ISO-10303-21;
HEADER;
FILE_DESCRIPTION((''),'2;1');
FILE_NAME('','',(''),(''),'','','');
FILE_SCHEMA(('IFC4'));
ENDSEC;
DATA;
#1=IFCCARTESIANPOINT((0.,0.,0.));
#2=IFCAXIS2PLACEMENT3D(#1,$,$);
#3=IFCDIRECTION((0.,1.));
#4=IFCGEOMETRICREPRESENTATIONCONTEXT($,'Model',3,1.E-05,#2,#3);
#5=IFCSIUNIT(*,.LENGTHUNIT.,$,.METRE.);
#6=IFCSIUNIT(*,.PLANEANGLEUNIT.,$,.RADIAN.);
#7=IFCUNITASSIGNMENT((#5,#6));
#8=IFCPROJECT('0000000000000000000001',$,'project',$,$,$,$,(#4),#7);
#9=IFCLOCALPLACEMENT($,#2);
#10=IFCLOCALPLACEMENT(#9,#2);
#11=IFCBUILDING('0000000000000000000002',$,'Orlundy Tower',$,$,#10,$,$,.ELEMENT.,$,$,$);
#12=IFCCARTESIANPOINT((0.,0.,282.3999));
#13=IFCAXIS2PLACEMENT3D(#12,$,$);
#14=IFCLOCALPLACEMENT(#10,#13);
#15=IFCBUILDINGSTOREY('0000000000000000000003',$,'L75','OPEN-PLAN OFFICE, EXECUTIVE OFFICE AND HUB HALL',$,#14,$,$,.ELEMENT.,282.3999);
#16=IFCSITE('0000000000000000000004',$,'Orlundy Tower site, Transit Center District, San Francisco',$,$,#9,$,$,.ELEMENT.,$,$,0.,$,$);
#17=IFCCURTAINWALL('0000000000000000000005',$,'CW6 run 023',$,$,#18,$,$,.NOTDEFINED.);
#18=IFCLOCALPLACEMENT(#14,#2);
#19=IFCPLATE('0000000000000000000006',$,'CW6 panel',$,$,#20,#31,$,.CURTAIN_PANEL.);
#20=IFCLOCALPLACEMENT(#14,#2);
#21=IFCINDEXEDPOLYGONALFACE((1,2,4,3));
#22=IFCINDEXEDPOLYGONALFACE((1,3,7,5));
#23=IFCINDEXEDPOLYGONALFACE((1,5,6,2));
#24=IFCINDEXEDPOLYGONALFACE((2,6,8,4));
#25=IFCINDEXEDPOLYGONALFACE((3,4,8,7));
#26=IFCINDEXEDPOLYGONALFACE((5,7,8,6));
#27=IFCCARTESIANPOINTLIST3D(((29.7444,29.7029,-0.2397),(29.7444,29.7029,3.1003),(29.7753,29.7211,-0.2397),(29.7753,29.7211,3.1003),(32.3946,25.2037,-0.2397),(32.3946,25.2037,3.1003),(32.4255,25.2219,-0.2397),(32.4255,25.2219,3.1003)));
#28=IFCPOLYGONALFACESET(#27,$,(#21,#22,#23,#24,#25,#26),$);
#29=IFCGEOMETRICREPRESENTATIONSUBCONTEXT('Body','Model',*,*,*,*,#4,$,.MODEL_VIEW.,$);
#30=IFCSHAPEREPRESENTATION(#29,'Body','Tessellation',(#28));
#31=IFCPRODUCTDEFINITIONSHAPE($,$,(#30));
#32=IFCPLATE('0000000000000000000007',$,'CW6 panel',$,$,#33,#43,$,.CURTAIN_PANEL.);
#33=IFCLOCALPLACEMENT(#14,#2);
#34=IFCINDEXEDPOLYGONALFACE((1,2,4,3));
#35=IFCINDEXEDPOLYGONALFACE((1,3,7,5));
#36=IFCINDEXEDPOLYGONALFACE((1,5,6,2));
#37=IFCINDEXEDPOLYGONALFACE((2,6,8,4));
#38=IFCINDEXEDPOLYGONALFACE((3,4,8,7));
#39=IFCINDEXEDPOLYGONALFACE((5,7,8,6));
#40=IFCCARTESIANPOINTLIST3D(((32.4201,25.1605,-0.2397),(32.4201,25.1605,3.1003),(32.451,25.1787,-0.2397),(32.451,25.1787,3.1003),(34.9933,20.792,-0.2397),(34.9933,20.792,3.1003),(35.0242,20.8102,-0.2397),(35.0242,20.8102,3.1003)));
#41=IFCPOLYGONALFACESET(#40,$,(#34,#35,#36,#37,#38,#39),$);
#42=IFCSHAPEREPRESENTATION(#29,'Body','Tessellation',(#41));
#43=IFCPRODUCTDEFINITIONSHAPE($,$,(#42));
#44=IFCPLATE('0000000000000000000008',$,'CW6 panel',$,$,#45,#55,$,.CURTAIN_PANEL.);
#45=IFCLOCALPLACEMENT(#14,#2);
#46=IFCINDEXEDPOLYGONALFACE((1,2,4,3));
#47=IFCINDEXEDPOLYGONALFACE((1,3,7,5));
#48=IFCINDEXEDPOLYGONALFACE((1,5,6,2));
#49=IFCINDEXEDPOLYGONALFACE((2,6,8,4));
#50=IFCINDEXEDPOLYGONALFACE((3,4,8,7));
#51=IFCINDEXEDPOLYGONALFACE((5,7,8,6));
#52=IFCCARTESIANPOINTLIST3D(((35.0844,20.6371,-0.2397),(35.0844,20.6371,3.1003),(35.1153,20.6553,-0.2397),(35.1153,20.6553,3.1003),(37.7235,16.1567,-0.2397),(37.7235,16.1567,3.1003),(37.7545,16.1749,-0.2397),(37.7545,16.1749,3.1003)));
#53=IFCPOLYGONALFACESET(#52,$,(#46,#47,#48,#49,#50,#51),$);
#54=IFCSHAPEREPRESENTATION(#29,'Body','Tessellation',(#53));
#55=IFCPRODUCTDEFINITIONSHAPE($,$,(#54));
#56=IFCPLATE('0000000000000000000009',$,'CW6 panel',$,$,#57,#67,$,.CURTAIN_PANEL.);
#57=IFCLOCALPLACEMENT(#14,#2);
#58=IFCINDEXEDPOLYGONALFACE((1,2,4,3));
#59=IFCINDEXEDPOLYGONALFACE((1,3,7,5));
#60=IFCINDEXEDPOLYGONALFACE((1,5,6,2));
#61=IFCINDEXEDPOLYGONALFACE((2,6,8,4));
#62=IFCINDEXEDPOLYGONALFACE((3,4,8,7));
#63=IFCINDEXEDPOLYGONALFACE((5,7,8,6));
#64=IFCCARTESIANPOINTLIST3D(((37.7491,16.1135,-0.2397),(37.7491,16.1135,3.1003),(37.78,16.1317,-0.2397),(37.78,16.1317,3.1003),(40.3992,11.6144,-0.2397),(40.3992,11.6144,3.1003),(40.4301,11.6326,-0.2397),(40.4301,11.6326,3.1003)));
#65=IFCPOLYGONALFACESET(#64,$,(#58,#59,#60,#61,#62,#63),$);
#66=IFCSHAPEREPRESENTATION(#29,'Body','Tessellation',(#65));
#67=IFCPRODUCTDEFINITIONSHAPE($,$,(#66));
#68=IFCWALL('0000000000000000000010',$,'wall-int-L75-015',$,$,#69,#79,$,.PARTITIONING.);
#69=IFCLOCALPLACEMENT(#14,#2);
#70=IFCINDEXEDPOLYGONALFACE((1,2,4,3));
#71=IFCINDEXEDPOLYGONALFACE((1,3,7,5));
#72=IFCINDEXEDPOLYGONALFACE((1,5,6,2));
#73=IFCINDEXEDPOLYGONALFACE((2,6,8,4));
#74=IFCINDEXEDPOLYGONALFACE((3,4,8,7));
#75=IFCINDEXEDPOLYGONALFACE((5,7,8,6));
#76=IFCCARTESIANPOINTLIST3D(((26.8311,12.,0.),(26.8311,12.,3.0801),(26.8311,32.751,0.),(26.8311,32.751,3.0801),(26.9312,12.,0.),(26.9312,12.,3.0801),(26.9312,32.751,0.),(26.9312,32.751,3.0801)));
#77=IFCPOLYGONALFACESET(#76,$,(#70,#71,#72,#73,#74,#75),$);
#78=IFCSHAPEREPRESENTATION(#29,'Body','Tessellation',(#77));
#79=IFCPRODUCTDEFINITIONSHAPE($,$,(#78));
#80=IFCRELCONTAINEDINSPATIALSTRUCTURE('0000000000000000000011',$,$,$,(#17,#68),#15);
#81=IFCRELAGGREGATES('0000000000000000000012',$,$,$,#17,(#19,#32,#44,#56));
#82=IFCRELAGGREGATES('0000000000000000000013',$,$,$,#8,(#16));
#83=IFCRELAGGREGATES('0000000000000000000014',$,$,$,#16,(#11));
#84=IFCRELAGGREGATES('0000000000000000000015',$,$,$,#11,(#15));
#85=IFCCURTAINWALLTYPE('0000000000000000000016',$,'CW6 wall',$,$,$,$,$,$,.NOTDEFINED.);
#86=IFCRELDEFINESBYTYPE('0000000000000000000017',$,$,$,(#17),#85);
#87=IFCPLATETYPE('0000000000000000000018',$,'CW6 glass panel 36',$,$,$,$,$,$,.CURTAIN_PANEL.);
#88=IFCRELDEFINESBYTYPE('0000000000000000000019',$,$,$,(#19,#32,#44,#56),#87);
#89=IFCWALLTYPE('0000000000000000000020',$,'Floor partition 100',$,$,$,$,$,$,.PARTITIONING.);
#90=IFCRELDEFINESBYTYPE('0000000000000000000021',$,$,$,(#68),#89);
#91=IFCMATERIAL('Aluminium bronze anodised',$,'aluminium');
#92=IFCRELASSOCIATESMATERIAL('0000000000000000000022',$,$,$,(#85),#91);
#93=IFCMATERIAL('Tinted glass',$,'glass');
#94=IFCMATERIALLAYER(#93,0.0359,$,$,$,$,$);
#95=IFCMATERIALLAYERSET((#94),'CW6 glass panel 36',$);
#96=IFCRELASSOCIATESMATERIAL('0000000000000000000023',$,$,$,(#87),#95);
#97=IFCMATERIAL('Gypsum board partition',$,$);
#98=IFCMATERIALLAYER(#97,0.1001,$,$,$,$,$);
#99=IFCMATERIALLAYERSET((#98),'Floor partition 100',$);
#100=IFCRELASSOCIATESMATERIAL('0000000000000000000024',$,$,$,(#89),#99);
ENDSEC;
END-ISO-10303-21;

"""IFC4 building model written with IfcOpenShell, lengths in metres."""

from ifc_helpers import new_model, si_unit, direction, frame, frame_2d, origin, origin_2d, place, context, subcontext, project, spatial, rectangle, extrude, material, layer, layer_set, type_object, element, aggregate, save


model = new_model("IFC4")

# Units and contexts
model_context = context("Model", 3, precision=1e-05, world=origin(), true_north=direction((0.0, 1.0)))
body_context = subcontext(model_context, "Body", "Model", "MODEL_VIEW")
ifc_project = project(units=[si_unit("LENGTHUNIT", "METRE"), si_unit("PLANEANGLEUNIT", "RADIAN")], contexts=[model_context])

# Site, building, storey
site_placement = place(None, origin())
site = spatial("IfcSite", under=ifc_project, at=site_placement, Name="Orlundy Tower site, Transit Center District, San Francisco", CompositionType="ELEMENT", RefElevation=0.0)
building_placement = place(site_placement, origin())
building = spatial("IfcBuilding", under=site, at=building_placement, Name="Orlundy Tower", CompositionType="ELEMENT")
storey_placement = place(building_placement, frame((0.0, 0.0, 282.3999)))
storey = spatial("IfcBuildingStorey", under=building, at=storey_placement, Name="L75", Description="OPEN-PLAN OFFICE, EXECUTIVE OFFICE AND HUB HALL", CompositionType="ELEMENT", Elevation=282.3999)

# Shared definitions
ifc_material_1 = material(Name="Aluminium bronze anodised", Category="aluminium")
curtain_wall_type = type_object("IfcCurtainWallType", Name="CW6 wall", PredefinedType="NOTDEFINED", material=ifc_material_1)

# Curtain wall
curtain_wall_1_placement = place(storey_placement, origin())
curtain_wall_1 = element("IfcCurtainWall", 1, at=curtain_wall_1_placement, inside=storey, type_object=curtain_wall_type, Name="CW6 run 023", PredefinedType="NOTDEFINED")

# Plates
ifc_material_2 = material(Name="Tinted glass", Category="glass")
ifc_layer_1 = layer(ifc_material_2, 0.0359)
ifc_layer_set_1 = layer_set([ifc_layer_1], Name="CW6 glass panel 36")
plate_type = type_object("IfcPlateType", Name="CW6 glass panel 36", PredefinedType="CURTAIN_PANEL", material=ifc_layer_set_1)
plate_1_placement = place(storey_placement, frame((31.085, 27.4624, -0.2397), z_axis=(0.0, 0.0, 1.0), x_axis=(0.507532, -0.861633, 0.0)))
plate_1 = element("IfcPlate", 2, at=plate_1_placement, type_object=plate_type, Name="CW6 panel", PredefinedType="CURTAIN_PANEL", context=body_context, shape_type="SweptSolid", body=[
    extrude(rectangle(XDim=5.2217, YDim=0.0359, at=origin_2d()), origin(), (0.0, 0.0, 1.0), 3.3401),
])
plate_2_placement = place(storey_placement, frame((33.7222, 22.9854, -0.2397), z_axis=(0.0, 0.0, 1.0), x_axis=(0.507532, -0.861633, 0.0)))
plate_2 = element("IfcPlate", 3, at=plate_2_placement, type_object=plate_type, Name="CW6 panel", PredefinedType="CURTAIN_PANEL", context=body_context, shape_type="SweptSolid", body=[
    extrude(rectangle(XDim=5.0701, YDim=0.0359, at=origin_2d()), origin(), (0.0, 0.0, 1.0), 3.3401),
])
plate_3_placement = place(storey_placement, frame((36.4194, 18.406, -0.2397), z_axis=(0.0, 0.0, 1.0), x_axis=(0.507532, -0.861633, 0.0)))
plate_3 = element("IfcPlate", 4, at=plate_3_placement, type_object=plate_type, Name="CW6 panel", PredefinedType="CURTAIN_PANEL", context=body_context, shape_type="SweptSolid", body=[
    extrude(rectangle(XDim=5.2, YDim=0.0359, at=origin_2d()), origin(), (0.0, 0.0, 1.0), 3.3401),
])
plate_4_placement = place(storey_placement, frame((39.0896, 13.873, -0.2397), z_axis=(0.0, 0.0, 1.0), x_axis=(0.507532, -0.861633, 0.0)))
plate_4 = element("IfcPlate", 5, at=plate_4_placement, type_object=plate_type, Name="CW6 panel", PredefinedType="CURTAIN_PANEL", context=body_context, shape_type="SweptSolid", body=[
    extrude(rectangle(XDim=5.2217, YDim=0.0359, at=origin_2d()), origin(), (0.0, 0.0, 1.0), 3.3401),
])
aggregate(curtain_wall_1, [plate_1, plate_2, plate_3, plate_4])

# Wall
ifc_material_3 = material(Name="Gypsum board partition")
ifc_layer_2 = layer(ifc_material_3, 0.1001)
ifc_layer_set_2 = layer_set([ifc_layer_2], Name="Floor partition 100")
wall_type = type_object("IfcWallType", Name="Floor partition 100", PredefinedType="PARTITIONING", material=ifc_layer_set_2)
wall_placement = place(storey_placement, frame((26.8811, 12.0, 0.0), z_axis=(0.0, 0.0, 1.0), x_axis=(0.0, 1.0, 0.0)))
element("IfcWall", 6, at=wall_placement, inside=storey, type_object=wall_type, Name="wall-int-L75-015", PredefinedType="PARTITIONING", context=body_context, shape_type="SweptSolid", body=[
    extrude(rectangle(XDim=20.751, YDim=0.1001, at=frame_2d((10.3755, 0.0))), origin(), (0.0, 0.0, 1.0), 3.0801),
])

save(model, "model.ifc")
